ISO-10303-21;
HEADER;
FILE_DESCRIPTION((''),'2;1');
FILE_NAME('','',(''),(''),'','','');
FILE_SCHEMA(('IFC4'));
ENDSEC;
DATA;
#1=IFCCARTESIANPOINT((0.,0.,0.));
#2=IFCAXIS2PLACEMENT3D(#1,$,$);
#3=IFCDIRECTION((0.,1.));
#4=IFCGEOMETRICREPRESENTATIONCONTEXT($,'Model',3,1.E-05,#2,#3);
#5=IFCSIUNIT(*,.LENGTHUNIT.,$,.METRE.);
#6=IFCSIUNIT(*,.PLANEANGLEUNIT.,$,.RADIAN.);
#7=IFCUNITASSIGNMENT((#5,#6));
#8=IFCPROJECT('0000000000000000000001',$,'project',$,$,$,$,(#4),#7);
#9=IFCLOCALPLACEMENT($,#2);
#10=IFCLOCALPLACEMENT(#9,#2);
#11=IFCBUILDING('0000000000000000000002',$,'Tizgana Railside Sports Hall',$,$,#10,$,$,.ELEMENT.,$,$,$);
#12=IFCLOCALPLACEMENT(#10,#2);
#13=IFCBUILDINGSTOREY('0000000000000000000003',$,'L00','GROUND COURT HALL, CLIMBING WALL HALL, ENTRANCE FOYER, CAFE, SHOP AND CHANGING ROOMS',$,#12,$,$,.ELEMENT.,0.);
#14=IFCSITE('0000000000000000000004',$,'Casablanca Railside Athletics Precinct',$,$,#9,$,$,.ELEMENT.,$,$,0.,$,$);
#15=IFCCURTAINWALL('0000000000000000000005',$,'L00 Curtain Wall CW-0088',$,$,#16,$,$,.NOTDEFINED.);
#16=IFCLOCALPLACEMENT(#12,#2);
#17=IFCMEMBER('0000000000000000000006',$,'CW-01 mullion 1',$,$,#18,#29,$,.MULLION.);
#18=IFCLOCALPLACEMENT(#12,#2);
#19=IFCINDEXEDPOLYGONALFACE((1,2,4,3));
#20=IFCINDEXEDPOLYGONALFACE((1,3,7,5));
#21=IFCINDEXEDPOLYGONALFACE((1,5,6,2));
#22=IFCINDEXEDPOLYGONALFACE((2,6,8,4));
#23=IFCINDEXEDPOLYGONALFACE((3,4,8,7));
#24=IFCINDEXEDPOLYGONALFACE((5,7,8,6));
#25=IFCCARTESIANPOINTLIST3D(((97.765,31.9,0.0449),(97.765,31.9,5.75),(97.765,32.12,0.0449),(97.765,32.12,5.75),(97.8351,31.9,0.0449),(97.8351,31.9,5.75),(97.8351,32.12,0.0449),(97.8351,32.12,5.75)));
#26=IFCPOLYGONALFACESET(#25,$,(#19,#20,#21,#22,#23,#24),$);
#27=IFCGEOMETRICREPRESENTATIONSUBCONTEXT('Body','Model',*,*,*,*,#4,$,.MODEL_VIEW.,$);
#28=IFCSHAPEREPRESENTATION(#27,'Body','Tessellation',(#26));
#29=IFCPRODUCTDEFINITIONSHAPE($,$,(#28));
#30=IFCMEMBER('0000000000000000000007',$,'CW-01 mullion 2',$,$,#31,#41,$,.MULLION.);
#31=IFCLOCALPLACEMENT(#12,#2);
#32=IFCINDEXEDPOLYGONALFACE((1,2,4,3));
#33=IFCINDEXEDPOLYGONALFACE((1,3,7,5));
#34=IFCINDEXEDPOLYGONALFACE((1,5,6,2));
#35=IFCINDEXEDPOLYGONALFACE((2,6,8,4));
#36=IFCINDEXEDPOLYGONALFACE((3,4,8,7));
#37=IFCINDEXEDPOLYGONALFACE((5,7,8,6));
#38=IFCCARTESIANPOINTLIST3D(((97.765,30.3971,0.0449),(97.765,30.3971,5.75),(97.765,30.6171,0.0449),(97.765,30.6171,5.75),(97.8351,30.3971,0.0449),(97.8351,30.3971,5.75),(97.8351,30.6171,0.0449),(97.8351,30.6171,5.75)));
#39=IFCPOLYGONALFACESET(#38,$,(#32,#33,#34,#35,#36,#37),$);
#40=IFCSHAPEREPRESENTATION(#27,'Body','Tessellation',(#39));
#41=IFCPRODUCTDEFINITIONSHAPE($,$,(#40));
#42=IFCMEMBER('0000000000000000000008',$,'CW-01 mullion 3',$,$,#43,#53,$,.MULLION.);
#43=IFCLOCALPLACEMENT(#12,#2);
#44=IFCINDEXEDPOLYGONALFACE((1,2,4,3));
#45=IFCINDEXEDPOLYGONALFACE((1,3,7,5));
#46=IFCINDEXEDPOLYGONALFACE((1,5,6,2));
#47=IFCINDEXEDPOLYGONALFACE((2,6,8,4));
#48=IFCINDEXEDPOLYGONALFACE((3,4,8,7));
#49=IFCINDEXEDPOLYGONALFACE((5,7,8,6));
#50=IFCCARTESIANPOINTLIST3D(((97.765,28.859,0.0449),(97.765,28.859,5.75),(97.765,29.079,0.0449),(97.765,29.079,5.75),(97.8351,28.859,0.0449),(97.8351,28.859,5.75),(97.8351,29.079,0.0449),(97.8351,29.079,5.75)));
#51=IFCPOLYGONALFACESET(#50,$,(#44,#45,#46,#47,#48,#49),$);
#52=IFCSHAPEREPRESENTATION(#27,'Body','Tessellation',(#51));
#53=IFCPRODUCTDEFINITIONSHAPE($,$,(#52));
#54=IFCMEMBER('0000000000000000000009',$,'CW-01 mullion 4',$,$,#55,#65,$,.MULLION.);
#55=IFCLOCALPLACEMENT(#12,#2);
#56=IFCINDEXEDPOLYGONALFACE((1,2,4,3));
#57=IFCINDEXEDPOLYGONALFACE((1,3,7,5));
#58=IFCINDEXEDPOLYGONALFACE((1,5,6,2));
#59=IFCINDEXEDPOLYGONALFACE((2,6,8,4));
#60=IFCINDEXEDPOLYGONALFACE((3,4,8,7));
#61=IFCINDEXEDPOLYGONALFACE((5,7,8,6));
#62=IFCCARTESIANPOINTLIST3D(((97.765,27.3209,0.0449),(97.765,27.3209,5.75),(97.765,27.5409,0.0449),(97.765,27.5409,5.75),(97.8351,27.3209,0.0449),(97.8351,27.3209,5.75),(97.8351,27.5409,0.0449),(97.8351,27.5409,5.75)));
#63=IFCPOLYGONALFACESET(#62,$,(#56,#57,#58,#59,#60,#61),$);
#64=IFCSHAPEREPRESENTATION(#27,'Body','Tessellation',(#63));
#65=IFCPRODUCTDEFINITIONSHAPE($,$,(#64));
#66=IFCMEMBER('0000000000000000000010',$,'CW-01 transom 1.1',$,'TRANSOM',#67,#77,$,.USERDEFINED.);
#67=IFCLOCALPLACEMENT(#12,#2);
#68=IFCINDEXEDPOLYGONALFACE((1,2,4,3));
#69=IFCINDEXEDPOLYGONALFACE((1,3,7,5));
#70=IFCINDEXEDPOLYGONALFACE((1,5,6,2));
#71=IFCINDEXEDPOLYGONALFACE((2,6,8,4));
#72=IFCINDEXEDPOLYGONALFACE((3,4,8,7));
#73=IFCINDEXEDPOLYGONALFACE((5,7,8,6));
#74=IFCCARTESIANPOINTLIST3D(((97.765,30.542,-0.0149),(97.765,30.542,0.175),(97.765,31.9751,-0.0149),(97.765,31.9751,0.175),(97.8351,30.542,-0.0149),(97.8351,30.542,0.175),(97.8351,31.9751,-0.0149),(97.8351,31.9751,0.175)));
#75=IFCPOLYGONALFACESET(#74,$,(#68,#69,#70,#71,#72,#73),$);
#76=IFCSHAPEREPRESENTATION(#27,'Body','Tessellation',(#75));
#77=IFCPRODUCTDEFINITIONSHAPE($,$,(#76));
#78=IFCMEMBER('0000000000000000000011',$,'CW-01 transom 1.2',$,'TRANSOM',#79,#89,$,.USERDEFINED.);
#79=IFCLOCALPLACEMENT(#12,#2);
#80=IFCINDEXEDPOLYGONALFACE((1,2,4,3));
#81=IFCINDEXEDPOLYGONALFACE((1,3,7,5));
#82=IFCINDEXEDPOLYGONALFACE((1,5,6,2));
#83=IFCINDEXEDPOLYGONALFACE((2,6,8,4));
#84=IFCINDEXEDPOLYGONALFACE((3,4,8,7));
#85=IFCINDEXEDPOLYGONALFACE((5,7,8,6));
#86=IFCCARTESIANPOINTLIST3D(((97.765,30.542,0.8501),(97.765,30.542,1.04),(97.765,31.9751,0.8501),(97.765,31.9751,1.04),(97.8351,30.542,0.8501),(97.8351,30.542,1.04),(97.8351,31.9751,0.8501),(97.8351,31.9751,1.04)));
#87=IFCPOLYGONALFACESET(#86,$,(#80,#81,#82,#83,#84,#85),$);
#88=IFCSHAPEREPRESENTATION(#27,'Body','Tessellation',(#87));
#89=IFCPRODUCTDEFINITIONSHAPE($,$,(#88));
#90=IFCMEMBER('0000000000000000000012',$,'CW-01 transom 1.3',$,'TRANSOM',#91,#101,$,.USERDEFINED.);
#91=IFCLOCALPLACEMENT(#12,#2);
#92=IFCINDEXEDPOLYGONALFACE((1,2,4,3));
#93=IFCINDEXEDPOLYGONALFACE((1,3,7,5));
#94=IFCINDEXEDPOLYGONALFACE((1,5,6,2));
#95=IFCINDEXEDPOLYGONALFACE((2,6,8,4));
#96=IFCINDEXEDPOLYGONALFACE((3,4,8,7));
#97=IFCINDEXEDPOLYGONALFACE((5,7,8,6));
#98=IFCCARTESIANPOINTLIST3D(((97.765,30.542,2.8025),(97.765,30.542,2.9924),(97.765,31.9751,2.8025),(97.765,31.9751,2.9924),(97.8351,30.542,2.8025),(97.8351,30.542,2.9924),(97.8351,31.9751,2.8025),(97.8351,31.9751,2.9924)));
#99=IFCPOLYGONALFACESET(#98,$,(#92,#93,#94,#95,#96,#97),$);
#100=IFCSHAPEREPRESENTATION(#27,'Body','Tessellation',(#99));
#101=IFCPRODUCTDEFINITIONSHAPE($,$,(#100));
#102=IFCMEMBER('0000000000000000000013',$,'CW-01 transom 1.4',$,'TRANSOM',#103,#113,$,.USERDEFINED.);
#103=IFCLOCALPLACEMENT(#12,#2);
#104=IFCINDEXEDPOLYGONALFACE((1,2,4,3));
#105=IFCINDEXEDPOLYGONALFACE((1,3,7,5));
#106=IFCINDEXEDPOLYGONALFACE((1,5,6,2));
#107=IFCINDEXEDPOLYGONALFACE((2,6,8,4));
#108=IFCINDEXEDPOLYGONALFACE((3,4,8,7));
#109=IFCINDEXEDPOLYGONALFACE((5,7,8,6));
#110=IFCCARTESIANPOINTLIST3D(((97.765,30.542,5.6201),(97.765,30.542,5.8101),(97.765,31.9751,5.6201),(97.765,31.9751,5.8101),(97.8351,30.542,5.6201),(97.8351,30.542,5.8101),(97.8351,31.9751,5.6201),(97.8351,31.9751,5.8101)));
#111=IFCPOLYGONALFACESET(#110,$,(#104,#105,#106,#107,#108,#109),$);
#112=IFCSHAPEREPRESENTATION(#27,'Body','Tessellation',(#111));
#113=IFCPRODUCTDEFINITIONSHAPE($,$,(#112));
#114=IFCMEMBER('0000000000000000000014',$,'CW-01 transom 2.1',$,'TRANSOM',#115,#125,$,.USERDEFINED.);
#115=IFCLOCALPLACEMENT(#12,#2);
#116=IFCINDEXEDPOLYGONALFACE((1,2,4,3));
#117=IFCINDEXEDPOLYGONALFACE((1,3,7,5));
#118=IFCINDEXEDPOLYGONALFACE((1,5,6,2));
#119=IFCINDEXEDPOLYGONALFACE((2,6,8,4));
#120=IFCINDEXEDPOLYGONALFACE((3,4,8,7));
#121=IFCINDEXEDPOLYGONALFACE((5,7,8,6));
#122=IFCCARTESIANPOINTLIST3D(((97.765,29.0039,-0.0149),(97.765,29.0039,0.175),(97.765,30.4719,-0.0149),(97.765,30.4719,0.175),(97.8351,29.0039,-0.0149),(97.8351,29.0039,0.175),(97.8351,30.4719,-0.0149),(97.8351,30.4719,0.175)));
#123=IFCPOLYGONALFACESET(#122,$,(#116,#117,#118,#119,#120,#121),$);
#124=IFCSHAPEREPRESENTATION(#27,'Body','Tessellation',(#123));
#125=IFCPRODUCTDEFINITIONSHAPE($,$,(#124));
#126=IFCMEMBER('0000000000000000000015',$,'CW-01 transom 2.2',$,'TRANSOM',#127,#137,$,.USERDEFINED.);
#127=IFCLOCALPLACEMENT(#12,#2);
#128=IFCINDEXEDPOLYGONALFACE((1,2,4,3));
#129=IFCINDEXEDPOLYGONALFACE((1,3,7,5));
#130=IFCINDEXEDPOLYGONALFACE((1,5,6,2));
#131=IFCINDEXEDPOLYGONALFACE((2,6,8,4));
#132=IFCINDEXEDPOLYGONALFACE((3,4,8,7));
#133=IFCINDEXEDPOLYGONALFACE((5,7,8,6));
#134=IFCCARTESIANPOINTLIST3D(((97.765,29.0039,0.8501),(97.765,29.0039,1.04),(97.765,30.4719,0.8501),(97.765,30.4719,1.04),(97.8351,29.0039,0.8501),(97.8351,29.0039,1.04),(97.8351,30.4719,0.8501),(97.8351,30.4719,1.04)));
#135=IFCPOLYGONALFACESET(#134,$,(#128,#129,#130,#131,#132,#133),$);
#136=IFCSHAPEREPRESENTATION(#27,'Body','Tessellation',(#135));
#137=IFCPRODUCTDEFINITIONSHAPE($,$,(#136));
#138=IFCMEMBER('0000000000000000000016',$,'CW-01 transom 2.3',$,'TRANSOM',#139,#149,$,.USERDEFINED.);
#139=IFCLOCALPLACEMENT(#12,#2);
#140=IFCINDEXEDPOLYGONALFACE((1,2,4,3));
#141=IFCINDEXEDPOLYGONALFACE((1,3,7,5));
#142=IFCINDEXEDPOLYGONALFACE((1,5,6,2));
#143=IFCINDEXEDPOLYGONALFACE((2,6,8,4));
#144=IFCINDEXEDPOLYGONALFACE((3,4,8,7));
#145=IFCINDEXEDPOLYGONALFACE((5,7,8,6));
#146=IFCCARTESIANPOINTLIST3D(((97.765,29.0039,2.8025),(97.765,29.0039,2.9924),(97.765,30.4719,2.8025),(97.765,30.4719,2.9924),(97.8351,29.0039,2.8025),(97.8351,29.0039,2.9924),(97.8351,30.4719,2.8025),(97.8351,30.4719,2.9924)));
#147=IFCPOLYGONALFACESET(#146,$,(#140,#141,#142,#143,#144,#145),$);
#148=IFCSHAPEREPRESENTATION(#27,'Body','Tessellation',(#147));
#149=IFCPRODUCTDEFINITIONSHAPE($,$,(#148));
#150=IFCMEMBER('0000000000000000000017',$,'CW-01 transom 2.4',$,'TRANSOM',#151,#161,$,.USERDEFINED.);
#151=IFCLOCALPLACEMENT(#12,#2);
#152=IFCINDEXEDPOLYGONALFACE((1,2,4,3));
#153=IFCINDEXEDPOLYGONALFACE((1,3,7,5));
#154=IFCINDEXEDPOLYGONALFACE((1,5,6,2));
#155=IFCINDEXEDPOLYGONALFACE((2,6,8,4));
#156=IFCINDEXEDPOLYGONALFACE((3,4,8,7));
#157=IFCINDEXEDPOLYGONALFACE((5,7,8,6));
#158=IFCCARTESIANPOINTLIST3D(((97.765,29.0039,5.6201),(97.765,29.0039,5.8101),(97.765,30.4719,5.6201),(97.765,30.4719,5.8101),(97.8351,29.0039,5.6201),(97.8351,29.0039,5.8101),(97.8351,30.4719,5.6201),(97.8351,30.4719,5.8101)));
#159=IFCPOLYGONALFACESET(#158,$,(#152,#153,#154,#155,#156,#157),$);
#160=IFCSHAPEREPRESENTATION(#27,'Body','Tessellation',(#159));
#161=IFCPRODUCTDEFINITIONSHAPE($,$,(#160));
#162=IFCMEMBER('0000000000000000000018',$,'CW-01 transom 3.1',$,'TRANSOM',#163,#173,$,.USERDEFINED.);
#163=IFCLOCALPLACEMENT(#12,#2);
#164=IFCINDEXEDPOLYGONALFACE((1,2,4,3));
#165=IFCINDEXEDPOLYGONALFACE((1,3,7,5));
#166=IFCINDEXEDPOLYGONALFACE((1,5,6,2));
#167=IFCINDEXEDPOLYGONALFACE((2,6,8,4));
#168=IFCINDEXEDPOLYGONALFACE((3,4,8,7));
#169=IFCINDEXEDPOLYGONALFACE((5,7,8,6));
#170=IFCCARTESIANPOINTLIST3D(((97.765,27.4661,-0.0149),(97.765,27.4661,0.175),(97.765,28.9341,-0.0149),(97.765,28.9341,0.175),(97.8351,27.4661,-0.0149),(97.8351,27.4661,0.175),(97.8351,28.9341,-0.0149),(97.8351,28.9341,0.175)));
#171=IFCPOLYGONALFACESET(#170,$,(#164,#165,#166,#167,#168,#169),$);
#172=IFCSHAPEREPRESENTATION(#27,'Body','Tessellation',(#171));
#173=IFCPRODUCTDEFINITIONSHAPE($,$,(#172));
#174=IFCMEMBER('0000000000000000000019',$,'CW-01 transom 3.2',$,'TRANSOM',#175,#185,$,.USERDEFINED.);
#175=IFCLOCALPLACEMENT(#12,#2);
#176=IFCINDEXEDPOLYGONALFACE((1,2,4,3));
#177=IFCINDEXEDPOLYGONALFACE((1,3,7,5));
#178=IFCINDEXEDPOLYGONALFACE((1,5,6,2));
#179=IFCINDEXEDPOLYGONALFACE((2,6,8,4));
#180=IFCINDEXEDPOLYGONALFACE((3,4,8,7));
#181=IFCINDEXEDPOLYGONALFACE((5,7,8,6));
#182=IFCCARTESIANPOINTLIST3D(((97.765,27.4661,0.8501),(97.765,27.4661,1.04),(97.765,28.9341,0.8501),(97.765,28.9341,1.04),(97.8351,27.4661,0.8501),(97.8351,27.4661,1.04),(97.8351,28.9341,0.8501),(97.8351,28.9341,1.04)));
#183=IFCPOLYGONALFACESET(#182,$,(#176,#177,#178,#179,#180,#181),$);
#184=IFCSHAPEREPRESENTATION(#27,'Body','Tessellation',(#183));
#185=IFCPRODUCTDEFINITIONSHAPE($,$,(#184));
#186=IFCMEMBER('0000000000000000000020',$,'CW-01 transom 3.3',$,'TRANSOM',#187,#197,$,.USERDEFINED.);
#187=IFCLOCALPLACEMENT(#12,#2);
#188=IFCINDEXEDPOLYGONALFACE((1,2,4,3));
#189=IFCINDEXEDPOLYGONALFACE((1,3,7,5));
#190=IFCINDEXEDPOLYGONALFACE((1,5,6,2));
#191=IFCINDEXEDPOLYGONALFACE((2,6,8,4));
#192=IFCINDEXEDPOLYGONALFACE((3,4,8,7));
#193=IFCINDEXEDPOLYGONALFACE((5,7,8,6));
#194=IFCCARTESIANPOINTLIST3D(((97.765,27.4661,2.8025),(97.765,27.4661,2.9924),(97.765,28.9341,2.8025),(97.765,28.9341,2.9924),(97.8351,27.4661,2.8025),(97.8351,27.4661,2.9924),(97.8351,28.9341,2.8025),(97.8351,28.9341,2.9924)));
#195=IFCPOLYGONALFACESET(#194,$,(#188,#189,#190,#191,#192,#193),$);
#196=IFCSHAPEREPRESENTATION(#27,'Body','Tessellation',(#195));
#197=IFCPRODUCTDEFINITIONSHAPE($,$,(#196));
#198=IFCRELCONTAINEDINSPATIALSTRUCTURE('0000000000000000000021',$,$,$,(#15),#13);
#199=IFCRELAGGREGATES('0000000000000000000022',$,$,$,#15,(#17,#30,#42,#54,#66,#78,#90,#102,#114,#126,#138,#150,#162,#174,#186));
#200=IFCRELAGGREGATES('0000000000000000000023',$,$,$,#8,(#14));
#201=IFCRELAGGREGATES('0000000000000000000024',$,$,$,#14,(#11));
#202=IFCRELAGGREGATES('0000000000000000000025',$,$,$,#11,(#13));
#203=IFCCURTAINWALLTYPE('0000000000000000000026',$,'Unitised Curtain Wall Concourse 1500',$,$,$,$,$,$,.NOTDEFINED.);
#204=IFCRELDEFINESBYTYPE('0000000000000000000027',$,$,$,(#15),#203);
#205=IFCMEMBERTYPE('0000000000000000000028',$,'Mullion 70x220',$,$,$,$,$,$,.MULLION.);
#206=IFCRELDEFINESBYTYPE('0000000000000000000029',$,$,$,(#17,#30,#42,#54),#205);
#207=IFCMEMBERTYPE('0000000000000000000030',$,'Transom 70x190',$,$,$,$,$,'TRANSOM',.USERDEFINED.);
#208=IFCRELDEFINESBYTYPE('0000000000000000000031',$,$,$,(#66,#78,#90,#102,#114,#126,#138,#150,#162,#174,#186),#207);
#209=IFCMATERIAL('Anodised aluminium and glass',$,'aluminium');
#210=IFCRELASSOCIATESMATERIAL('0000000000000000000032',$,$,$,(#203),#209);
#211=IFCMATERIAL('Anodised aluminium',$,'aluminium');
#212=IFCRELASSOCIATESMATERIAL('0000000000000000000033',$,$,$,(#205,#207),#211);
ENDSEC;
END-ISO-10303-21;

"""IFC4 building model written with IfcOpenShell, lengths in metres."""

from ifc_helpers import new_model, si_unit, direction, frame, origin, origin_2d, place, context, subcontext, project, spatial, rectangle, extrude, material, material_profile, profile_set, type_object, element, aggregate, save


model = new_model("IFC4")

# Units and contexts
model_context = context("Model", 3, precision=1e-05, world=origin(), true_north=direction((0.0, 1.0)))
body_context = subcontext(model_context, "Body", "Model", "MODEL_VIEW")
ifc_project = project(units=[si_unit("LENGTHUNIT", "METRE"), si_unit("PLANEANGLEUNIT", "RADIAN")], contexts=[model_context])

# Site, building, storey
site_placement = place(None, origin())
site = spatial("IfcSite", under=ifc_project, at=site_placement, Name="Casablanca Railside Athletics Precinct", CompositionType="ELEMENT", RefElevation=0.0)
building_placement = place(site_placement, origin())
building = spatial("IfcBuilding", under=site, at=building_placement, Name="Tizgana Railside Sports Hall", CompositionType="ELEMENT")
storey_placement = place(building_placement, origin())
storey = spatial("IfcBuildingStorey", under=building, at=storey_placement, Name="L00", Description="GROUND COURT HALL, CLIMBING WALL HALL, ENTRANCE FOYER, CAFE, SHOP AND CHANGING ROOMS", CompositionType="ELEMENT", Elevation=0.0)

# Curtain wall, members
ifc_material_1 = material(Name="Anodised aluminium and glass", Category="aluminium")
curtain_wall_type = type_object("IfcCurtainWallType", Name="Unitised Curtain Wall Concourse 1500", PredefinedType="NOTDEFINED", material=ifc_material_1)
curtain_wall_placement = place(storey_placement, origin())
curtain_wall = element("IfcCurtainWall", 1, at=curtain_wall_placement, inside=storey, type_object=curtain_wall_type, Name="L00 Curtain Wall CW-0088", PredefinedType="NOTDEFINED")
ifc_material_2 = material(Name="Anodised aluminium", Category="aluminium")
ifc_material_profile_1 = material_profile(ifc_material_2, rectangle(XDim=0.0701, YDim=0.22, at=origin_2d()), Name="Mullion 70x220")
ifc_profile_set_1 = profile_set([ifc_material_profile_1], Name="Anodised aluminium")
member_type_1 = type_object("IfcMemberType", Name="Mullion 70x220", PredefinedType="MULLION", material=ifc_profile_set_1)
member_1_placement = place(storey_placement, frame((97.8, 32.01, 0.0449), z_axis=(0.0, 0.0, 1.0), x_axis=(1.0, 0.0, 0.0)))
member_1 = element("IfcMember", 2, at=member_1_placement, type_object=member_type_1, Name="CW-01 mullion 1", PredefinedType="MULLION", context=body_context, shape_type="SweptSolid", body=[
    extrude(rectangle(XDim=0.0701, YDim=0.22, at=origin_2d()), origin(), (0.0, 0.0, 1.0), 5.7051),
])
member_2_placement = place(storey_placement, frame((97.8, 30.5071, 0.0449), z_axis=(0.0, 0.0, 1.0), x_axis=(1.0, 0.0, 0.0)))
member_2 = element("IfcMember", 3, at=member_2_placement, type_object=member_type_1, Name="CW-01 mullion 2", PredefinedType="MULLION", context=body_context, shape_type="SweptSolid", body=[
    extrude(rectangle(XDim=0.0701, YDim=0.22, at=origin_2d()), origin(), (0.0, 0.0, 1.0), 5.7051),
])
member_3_placement = place(storey_placement, frame((97.8, 28.969, 0.0449), z_axis=(0.0, 0.0, 1.0), x_axis=(1.0, 0.0, 0.0)))
member_3 = element("IfcMember", 4, at=member_3_placement, type_object=member_type_1, Name="CW-01 mullion 3", PredefinedType="MULLION", context=body_context, shape_type="SweptSolid", body=[
    extrude(rectangle(XDim=0.0701, YDim=0.22, at=origin_2d()), origin(), (0.0, 0.0, 1.0), 5.7051),
])
member_4_placement = place(storey_placement, frame((97.8, 27.4309, 0.0449), z_axis=(0.0, 0.0, 1.0), x_axis=(1.0, 0.0, 0.0)))
member_4 = element("IfcMember", 5, at=member_4_placement, type_object=member_type_1, Name="CW-01 mullion 4", PredefinedType="MULLION", context=body_context, shape_type="SweptSolid", body=[
    extrude(rectangle(XDim=0.0701, YDim=0.22, at=origin_2d()), origin(), (0.0, 0.0, 1.0), 5.7051),
])
ifc_material_profile_2 = material_profile(ifc_material_2, rectangle(XDim=0.0701, YDim=0.1899, at=origin_2d()), Name="Transom 70x190")
ifc_profile_set_2 = profile_set([ifc_material_profile_2], Name="Anodised aluminium")
member_type_2 = type_object("IfcMemberType", Name="Transom 70x190", ElementType="TRANSOM", PredefinedType="USERDEFINED", material=ifc_profile_set_2)
member_5_placement = place(storey_placement, frame((97.8, 31.9751, 0.0801), z_axis=(0.0, -1.0, 0.0), x_axis=(1.0, 0.0, 0.0)))
member_5 = element("IfcMember", 6, at=member_5_placement, type_object=member_type_2, Name="CW-01 transom 1.1", ObjectType="TRANSOM", PredefinedType="USERDEFINED", context=body_context, shape_type="SweptSolid", body=[
    extrude(rectangle(XDim=0.0701, YDim=0.1899, at=origin_2d()), origin(), (0.0, 0.0, 1.0), 1.4331),
])
member_6_placement = place(storey_placement, frame((97.8, 31.9751, 0.9451), z_axis=(0.0, -1.0, 0.0), x_axis=(1.0, 0.0, 0.0)))
member_6 = element("IfcMember", 7, at=member_6_placement, type_object=member_type_2, Name="CW-01 transom 1.2", ObjectType="TRANSOM", PredefinedType="USERDEFINED", context=body_context, shape_type="SweptSolid", body=[
    extrude(rectangle(XDim=0.0701, YDim=0.1899, at=origin_2d()), origin(), (0.0, 0.0, 1.0), 1.4331),
])
member_7_placement = place(storey_placement, frame((97.8, 31.9751, 2.8975), z_axis=(0.0, -1.0, 0.0), x_axis=(1.0, 0.0, 0.0)))
member_7 = element("IfcMember", 8, at=member_7_placement, type_object=member_type_2, Name="CW-01 transom 1.3", ObjectType="TRANSOM", PredefinedType="USERDEFINED", context=body_context, shape_type="SweptSolid", body=[
    extrude(rectangle(XDim=0.0701, YDim=0.1899, at=origin_2d()), origin(), (0.0, 0.0, 1.0), 1.4331),
])
member_8_placement = place(storey_placement, frame((97.8, 31.9751, 5.7151), z_axis=(0.0, -1.0, 0.0), x_axis=(1.0, 0.0, 0.0)))
member_8 = element("IfcMember", 9, at=member_8_placement, type_object=member_type_2, Name="CW-01 transom 1.4", ObjectType="TRANSOM", PredefinedType="USERDEFINED", context=body_context, shape_type="SweptSolid", body=[
    extrude(rectangle(XDim=0.0701, YDim=0.1899, at=origin_2d()), origin(), (0.0, 0.0, 1.0), 1.4331),
])
member_9_placement = place(storey_placement, frame((97.8, 30.4719, 0.0801), z_axis=(0.0, -1.0, 0.0), x_axis=(1.0, 0.0, 0.0)))
member_9 = element("IfcMember", 10, at=member_9_placement, type_object=member_type_2, Name="CW-01 transom 2.1", ObjectType="TRANSOM", PredefinedType="USERDEFINED", context=body_context, shape_type="SweptSolid", body=[
    extrude(rectangle(XDim=0.0701, YDim=0.1899, at=origin_2d()), origin(), (0.0, 0.0, 1.0), 1.468),
])
member_10_placement = place(storey_placement, frame((97.8, 30.4719, 0.9451), z_axis=(0.0, -1.0, 0.0), x_axis=(1.0, 0.0, 0.0)))
member_10 = element("IfcMember", 11, at=member_10_placement, type_object=member_type_2, Name="CW-01 transom 2.2", ObjectType="TRANSOM", PredefinedType="USERDEFINED", context=body_context, shape_type="SweptSolid", body=[
    extrude(rectangle(XDim=0.0701, YDim=0.1899, at=origin_2d()), origin(), (0.0, 0.0, 1.0), 1.468),
])
member_11_placement = place(storey_placement, frame((97.8, 30.4719, 2.8975), z_axis=(0.0, -1.0, 0.0), x_axis=(1.0, 0.0, 0.0)))
member_11 = element("IfcMember", 12, at=member_11_placement, type_object=member_type_2, Name="CW-01 transom 2.3", ObjectType="TRANSOM", PredefinedType="USERDEFINED", context=body_context, shape_type="SweptSolid", body=[
    extrude(rectangle(XDim=0.0701, YDim=0.1899, at=origin_2d()), origin(), (0.0, 0.0, 1.0), 1.468),
])
member_12_placement = place(storey_placement, frame((97.8, 30.4719, 5.7151), z_axis=(0.0, -1.0, 0.0), x_axis=(1.0, 0.0, 0.0)))
member_12 = element("IfcMember", 13, at=member_12_placement, type_object=member_type_2, Name="CW-01 transom 2.4", ObjectType="TRANSOM", PredefinedType="USERDEFINED", context=body_context, shape_type="SweptSolid", body=[
    extrude(rectangle(XDim=0.0701, YDim=0.1899, at=origin_2d()), origin(), (0.0, 0.0, 1.0), 1.468),
])
member_13_placement = place(storey_placement, frame((97.8, 28.9341, 0.0801), z_axis=(0.0, -1.0, 0.0), x_axis=(1.0, 0.0, 0.0)))
member_13 = element("IfcMember", 14, at=member_13_placement, type_object=member_type_2, Name="CW-01 transom 3.1", ObjectType="TRANSOM", PredefinedType="USERDEFINED", context=body_context, shape_type="SweptSolid", body=[
    extrude(rectangle(XDim=0.0701, YDim=0.1899, at=origin_2d()), origin(), (0.0, 0.0, 1.0), 1.468),
])
member_14_placement = place(storey_placement, frame((97.8, 28.9341, 0.9451), z_axis=(0.0, -1.0, 0.0), x_axis=(1.0, 0.0, 0.0)))
member_14 = element("IfcMember", 15, at=member_14_placement, type_object=member_type_2, Name="CW-01 transom 3.2", ObjectType="TRANSOM", PredefinedType="USERDEFINED", context=body_context, shape_type="SweptSolid", body=[
    extrude(rectangle(XDim=0.0701, YDim=0.1899, at=origin_2d()), origin(), (0.0, 0.0, 1.0), 1.468),
])
member_15_placement = place(storey_placement, frame((97.8, 28.9341, 2.8975), z_axis=(0.0, -1.0, 0.0), x_axis=(1.0, 0.0, 0.0)))
member_15 = element("IfcMember", 16, at=member_15_placement, type_object=member_type_2, Name="CW-01 transom 3.3", ObjectType="TRANSOM", PredefinedType="USERDEFINED", context=body_context, shape_type="SweptSolid", body=[
    extrude(rectangle(XDim=0.0701, YDim=0.1899, at=origin_2d()), origin(), (0.0, 0.0, 1.0), 1.468),
])
aggregate(curtain_wall, [member_1, member_2, member_3, member_4, member_5, member_6, member_7, member_8, member_9, member_10, member_11, member_12, member_13, member_14, member_15])

save(model, "model.ifc")
